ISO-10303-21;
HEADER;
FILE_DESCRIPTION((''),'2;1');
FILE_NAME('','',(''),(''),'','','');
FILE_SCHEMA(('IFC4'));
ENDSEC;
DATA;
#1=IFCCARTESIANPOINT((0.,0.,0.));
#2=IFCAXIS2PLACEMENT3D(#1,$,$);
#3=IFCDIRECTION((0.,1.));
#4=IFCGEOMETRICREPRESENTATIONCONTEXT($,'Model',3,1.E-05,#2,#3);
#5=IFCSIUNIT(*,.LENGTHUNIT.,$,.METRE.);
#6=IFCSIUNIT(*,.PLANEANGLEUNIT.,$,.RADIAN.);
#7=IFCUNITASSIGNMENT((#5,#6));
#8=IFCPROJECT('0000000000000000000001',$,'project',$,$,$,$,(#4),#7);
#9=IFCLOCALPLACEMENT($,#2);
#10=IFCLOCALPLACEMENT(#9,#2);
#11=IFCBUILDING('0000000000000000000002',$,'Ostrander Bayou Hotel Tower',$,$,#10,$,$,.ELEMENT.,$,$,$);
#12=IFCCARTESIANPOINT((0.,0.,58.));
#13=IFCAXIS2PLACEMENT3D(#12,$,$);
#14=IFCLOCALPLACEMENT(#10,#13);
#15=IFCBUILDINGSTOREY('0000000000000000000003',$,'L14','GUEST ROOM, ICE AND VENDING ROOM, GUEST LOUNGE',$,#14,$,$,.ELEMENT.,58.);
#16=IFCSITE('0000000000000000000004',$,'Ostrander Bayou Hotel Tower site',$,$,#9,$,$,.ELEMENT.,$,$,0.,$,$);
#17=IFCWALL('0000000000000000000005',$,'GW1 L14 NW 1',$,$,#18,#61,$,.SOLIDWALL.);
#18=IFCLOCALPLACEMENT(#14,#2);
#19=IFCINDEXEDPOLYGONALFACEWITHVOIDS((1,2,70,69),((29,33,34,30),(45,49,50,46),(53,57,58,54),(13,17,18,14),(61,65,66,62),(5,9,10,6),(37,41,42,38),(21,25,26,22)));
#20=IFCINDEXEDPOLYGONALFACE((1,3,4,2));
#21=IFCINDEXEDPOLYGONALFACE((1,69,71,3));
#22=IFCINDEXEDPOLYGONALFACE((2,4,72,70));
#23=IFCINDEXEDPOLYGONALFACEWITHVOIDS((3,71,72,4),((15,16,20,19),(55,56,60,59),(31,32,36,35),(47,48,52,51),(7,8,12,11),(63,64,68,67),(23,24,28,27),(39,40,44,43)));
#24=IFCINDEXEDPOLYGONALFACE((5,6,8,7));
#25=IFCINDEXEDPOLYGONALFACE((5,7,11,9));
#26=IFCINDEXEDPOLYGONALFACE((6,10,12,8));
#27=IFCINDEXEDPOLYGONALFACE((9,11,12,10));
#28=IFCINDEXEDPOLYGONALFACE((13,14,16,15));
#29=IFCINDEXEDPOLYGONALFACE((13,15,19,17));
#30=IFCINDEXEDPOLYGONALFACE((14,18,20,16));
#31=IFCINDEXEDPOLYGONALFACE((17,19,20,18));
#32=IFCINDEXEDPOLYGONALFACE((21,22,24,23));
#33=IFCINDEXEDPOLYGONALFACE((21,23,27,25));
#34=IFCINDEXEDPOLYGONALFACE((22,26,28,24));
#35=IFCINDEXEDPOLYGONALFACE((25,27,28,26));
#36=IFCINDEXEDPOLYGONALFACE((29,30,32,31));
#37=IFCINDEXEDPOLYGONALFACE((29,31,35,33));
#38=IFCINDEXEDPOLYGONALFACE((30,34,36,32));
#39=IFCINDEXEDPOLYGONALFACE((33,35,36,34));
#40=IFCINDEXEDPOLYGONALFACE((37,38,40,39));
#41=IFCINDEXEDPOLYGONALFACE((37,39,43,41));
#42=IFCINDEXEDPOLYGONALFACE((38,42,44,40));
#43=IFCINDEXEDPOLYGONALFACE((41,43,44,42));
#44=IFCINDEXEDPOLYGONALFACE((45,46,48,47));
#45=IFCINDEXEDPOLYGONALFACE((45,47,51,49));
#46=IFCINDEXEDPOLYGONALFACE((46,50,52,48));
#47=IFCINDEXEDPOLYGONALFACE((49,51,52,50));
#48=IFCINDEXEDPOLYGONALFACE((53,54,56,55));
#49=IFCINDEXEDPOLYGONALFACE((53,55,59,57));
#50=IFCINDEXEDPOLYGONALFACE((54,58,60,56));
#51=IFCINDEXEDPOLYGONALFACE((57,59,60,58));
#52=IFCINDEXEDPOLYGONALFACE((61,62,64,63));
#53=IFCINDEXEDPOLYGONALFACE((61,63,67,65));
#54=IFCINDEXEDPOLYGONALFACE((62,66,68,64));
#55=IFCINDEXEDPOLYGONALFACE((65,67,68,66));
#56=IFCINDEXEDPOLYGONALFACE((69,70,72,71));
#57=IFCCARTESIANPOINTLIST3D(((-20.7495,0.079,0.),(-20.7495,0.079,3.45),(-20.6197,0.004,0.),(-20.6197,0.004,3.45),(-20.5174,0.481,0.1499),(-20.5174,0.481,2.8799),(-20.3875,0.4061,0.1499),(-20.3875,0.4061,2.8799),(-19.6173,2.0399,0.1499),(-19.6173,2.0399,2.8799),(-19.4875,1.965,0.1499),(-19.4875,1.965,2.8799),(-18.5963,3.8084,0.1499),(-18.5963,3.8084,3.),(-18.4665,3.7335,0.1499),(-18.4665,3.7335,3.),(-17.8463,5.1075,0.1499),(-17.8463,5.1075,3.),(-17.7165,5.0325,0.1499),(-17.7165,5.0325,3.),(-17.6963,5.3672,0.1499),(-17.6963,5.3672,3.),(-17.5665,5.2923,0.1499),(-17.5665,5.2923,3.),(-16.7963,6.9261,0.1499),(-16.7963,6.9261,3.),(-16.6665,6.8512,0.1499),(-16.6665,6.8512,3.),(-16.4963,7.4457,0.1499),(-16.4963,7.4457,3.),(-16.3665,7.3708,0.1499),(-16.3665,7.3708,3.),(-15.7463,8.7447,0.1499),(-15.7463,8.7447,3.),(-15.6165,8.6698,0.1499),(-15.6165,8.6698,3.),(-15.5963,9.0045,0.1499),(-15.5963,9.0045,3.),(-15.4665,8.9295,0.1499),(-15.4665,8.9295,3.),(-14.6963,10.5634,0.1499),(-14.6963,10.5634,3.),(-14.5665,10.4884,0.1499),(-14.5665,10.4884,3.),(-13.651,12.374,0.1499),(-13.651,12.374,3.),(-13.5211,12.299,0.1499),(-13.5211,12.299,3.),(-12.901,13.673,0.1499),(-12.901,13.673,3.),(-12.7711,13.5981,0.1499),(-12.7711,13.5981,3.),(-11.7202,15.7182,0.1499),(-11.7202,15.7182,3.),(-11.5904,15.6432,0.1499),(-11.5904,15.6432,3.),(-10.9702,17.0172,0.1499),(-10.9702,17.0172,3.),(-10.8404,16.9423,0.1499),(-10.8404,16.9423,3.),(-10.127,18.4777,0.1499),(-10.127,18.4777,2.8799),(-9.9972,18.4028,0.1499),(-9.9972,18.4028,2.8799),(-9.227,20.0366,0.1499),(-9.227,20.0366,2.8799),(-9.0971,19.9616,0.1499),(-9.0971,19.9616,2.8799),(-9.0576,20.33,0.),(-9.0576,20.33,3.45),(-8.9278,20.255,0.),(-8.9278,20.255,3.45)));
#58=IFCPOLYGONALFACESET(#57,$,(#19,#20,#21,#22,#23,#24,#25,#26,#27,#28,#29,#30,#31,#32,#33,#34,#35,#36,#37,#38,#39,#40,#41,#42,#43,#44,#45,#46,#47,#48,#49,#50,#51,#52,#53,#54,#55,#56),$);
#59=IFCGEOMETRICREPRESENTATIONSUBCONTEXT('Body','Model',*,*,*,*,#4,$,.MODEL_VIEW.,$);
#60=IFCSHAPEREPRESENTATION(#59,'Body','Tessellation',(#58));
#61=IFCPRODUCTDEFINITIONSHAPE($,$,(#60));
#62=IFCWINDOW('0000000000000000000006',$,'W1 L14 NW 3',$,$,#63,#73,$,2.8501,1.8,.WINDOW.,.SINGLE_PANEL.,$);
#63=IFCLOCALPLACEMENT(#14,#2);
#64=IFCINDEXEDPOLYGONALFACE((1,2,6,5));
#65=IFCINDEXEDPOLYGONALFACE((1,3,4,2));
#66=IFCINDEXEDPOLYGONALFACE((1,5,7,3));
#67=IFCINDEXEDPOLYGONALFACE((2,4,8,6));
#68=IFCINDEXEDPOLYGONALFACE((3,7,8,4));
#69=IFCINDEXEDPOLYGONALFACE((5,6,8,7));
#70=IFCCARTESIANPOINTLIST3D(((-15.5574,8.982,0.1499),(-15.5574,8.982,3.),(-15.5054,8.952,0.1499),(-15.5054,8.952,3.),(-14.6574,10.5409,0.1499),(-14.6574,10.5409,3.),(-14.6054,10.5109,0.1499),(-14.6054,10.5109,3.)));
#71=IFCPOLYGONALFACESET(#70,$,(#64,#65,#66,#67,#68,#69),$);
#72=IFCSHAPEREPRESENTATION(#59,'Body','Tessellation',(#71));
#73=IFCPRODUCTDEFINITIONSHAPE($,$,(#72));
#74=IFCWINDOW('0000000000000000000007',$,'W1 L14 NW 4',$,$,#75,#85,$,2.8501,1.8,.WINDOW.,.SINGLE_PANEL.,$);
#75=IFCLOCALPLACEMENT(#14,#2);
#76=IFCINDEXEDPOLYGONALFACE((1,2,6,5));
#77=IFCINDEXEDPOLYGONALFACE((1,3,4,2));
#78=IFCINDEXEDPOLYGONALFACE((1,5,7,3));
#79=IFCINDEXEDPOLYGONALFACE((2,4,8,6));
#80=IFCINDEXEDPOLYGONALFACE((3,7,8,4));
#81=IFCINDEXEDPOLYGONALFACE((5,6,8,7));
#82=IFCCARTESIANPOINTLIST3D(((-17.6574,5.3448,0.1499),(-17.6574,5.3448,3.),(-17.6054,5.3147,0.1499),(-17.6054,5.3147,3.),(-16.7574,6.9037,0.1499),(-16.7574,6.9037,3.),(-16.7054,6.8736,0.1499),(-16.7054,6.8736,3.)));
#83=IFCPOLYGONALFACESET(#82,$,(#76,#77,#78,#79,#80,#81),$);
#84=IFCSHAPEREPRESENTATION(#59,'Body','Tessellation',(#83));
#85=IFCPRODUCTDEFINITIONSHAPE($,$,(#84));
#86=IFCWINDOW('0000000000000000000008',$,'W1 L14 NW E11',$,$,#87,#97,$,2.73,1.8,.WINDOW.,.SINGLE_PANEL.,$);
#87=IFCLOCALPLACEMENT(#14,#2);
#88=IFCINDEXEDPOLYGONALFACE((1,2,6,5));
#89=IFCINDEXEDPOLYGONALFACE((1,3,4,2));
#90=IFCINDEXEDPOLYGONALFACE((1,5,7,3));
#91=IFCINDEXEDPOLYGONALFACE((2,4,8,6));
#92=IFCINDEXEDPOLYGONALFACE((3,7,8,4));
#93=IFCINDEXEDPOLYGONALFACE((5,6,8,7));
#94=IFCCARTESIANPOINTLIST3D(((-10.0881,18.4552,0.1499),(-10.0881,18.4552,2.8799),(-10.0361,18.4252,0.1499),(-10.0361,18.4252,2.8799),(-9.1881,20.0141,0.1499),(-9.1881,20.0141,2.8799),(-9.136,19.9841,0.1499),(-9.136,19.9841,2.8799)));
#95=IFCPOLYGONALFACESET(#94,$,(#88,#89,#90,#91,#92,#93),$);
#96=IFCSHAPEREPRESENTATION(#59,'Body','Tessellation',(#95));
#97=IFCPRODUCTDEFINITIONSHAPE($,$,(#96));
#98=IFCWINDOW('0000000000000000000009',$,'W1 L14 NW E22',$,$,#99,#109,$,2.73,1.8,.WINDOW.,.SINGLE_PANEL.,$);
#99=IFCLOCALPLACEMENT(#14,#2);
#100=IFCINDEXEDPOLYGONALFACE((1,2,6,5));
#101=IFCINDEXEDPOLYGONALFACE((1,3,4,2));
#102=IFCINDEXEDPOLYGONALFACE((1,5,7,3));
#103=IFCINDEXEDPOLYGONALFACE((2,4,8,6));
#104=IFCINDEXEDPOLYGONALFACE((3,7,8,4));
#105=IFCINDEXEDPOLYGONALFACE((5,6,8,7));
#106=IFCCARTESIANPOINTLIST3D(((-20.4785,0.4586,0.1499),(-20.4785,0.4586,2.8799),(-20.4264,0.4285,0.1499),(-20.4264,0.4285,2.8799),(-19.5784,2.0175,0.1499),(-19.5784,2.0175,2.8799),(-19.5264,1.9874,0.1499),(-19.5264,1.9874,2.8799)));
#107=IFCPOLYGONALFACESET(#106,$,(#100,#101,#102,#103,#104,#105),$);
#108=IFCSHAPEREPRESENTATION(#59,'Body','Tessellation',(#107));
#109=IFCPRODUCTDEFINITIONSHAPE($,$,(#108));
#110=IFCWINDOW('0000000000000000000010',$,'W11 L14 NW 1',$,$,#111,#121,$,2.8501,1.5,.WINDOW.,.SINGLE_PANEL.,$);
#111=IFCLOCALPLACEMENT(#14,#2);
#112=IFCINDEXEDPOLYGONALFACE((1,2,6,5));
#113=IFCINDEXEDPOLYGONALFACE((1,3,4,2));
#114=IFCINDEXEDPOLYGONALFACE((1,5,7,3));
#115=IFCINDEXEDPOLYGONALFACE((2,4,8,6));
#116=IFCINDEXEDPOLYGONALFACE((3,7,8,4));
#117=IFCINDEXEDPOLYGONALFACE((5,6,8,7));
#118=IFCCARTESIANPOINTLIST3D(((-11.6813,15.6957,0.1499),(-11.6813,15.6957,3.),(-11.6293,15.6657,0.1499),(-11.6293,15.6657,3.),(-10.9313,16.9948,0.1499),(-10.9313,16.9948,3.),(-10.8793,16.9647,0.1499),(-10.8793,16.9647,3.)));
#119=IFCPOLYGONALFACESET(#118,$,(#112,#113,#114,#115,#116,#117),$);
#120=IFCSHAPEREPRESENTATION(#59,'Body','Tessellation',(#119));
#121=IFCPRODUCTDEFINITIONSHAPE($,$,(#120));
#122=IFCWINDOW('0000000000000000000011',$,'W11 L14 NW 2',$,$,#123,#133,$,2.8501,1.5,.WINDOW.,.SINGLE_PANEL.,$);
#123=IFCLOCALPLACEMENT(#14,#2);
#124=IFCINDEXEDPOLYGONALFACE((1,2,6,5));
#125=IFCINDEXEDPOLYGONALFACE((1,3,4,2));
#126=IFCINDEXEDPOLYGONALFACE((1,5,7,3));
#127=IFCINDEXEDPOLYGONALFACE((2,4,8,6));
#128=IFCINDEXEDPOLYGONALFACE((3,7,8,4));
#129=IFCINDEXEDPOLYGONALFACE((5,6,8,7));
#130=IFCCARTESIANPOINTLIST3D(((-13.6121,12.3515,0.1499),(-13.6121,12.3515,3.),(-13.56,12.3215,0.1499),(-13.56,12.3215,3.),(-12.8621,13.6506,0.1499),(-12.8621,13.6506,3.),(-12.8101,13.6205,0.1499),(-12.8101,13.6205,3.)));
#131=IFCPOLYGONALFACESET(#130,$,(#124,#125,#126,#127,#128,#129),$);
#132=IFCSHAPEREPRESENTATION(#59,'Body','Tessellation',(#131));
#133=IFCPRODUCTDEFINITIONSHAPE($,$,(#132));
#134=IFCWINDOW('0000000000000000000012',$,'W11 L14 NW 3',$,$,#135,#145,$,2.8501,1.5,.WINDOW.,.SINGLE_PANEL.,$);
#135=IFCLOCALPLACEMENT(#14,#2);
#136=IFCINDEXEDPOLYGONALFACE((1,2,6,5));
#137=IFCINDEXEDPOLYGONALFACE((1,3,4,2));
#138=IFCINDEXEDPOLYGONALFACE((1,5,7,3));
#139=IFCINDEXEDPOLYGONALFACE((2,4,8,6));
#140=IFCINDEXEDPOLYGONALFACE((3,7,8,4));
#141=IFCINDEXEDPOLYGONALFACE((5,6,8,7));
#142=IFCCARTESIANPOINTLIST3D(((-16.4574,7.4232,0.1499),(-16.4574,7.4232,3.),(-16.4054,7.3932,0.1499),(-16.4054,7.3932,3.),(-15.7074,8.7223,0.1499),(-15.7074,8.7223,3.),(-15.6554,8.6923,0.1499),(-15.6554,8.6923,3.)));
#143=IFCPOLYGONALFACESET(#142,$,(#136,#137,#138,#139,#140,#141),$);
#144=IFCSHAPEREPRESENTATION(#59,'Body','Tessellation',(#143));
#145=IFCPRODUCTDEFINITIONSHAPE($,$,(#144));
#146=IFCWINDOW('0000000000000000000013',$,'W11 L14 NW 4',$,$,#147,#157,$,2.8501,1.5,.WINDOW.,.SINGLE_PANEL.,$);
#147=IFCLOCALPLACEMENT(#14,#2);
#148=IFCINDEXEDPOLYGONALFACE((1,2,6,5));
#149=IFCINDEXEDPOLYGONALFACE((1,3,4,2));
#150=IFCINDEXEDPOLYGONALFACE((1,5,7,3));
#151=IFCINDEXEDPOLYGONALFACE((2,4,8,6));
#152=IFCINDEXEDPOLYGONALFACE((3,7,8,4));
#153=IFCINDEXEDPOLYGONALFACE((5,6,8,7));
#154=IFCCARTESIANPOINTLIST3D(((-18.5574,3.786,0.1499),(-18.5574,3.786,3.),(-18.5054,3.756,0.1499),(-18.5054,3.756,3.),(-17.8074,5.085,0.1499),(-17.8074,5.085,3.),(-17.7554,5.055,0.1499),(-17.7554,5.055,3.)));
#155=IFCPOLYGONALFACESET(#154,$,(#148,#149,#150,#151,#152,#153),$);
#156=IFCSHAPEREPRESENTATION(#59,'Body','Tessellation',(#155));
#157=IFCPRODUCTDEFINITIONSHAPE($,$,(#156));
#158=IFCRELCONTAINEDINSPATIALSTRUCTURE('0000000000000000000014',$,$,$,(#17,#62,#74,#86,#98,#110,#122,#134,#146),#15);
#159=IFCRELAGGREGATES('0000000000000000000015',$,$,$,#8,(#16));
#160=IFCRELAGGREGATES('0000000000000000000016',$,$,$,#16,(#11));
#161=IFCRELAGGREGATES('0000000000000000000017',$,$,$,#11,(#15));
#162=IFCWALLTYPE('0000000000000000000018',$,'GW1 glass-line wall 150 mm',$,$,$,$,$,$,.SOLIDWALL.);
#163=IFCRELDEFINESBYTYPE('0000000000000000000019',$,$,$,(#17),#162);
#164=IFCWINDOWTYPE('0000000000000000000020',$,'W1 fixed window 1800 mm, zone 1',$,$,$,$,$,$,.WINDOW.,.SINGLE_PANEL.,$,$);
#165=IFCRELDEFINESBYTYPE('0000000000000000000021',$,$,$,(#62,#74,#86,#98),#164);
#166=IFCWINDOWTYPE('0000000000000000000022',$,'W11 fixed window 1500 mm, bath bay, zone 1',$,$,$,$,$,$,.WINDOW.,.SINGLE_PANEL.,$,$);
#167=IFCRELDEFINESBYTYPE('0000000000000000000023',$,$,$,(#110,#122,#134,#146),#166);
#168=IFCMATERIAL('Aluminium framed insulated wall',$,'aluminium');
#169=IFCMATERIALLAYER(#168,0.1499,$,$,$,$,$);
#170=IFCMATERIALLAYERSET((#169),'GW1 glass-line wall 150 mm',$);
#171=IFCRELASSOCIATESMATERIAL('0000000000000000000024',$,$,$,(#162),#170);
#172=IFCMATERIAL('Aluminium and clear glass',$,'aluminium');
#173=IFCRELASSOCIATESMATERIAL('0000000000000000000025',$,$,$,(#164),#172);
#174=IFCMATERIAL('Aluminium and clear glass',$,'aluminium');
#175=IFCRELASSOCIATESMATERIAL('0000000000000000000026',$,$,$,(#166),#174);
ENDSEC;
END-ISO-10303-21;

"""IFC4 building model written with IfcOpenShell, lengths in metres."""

from ifc_helpers import new_model, si_unit, direction, frame, frame_2d, origin, place, context, subcontext, project, spatial, rectangle, extrude, material, layer, layer_set, type_object, element, fill, save


model = new_model("IFC4")

# Units and contexts
model_context = context("Model", 3, precision=1e-05, world=origin(), true_north=direction((0.0, 1.0)))
body_context = subcontext(model_context, "Body", "Model", "MODEL_VIEW")
ifc_project = project(units=[si_unit("LENGTHUNIT", "METRE"), si_unit("PLANEANGLEUNIT", "RADIAN")], contexts=[model_context])

# Site, building, storey
site_placement = place(None, origin())
site = spatial("IfcSite", under=ifc_project, at=site_placement, Name="Ostrander Bayou Hotel Tower site", CompositionType="ELEMENT", RefElevation=0.0)
building_placement = place(site_placement, origin())
building = spatial("IfcBuilding", under=site, at=building_placement, Name="Ostrander Bayou Hotel Tower", CompositionType="ELEMENT")
storey_placement = place(building_placement, frame((0.0, 0.0, 58.0)))
storey = spatial("IfcBuildingStorey", under=building, at=storey_placement, Name="L14", Description="GUEST ROOM, ICE AND VENDING ROOM, GUEST LOUNGE", CompositionType="ELEMENT", Elevation=58.0)

# Wall, openings, windows
ifc_material_1 = material(Name="Aluminium framed insulated wall", Category="aluminium")
ifc_layer_1 = layer(ifc_material_1, 0.1499)
ifc_layer_set_1 = layer_set([ifc_layer_1], Name="GW1 glass-line wall 150 mm")
wall_type_1 = type_object("IfcWallType", Name="GW1 glass-line wall 150 mm", PredefinedType="SOLIDWALL", material=ifc_layer_set_1)
wall_1_placement = place(storey_placement, frame((-8.9927, 20.2925, 0.0), z_axis=(0.0, 0.0, 1.0), x_axis=(-0.5, -0.866026, 0.0)))
wall_1 = element("IfcWall", 1, at=wall_1_placement, inside=storey, type_object=wall_type_1, Name="GW1 L14 NW 1", PredefinedType="SOLIDWALL", context=body_context, shape_type="SweptSolid", body=[
    extrude(rectangle(XDim=23.3838, YDim=0.1499, at=frame_2d((11.6919, 0.0))), origin(), (0.0, 0.0, 1.0), 3.45),
])
opening_1_placement = place(wall_1_placement, frame((3.8252, 0.0, 0.1499)))
opening_1 = element("IfcOpeningElement", 2, at=opening_1_placement, cuts=wall_1, PredefinedType="OPENING", context=body_context, shape_type="SweptSolid", body=[
    extrude(rectangle(XDim=1.5, YDim=2.8501, at=frame_2d((0.75, 1.425))), frame((0.0, 0.075, 0.0), z_axis=(0.0, -1.0, 0.0), x_axis=(1.0, 0.0, 0.0)), (0.0, 0.0, 1.0), 0.1499),
])
opening_2_placement = place(wall_1_placement, frame((7.6868, 0.0, 0.1499)))
opening_2 = element("IfcOpeningElement", 3, at=opening_2_placement, cuts=wall_1, PredefinedType="OPENING", context=body_context, shape_type="SweptSolid", body=[
    extrude(rectangle(XDim=1.5, YDim=2.8501, at=frame_2d((0.75, 1.425))), frame((0.0, 0.075, 0.0), z_axis=(0.0, -1.0, 0.0), x_axis=(1.0, 0.0, 0.0)), (0.0, 0.0, 1.0), 0.1499),
])
opening_3_placement = place(wall_1_placement, frame((11.2776, 0.0, 0.1499)))
opening_3 = element("IfcOpeningElement", 4, at=opening_3_placement, cuts=wall_1, PredefinedType="OPENING", context=body_context, shape_type="SweptSolid", body=[
    extrude(rectangle(XDim=1.8, YDim=2.8501, at=frame_2d((0.8999, 1.425))), frame((0.0, 0.075, 0.0), z_axis=(0.0, -1.0, 0.0), x_axis=(1.0, 0.0, 0.0)), (0.0, 0.0, 1.0), 0.1499),
])
opening_4_placement = place(wall_1_placement, frame((13.3774, 0.0, 0.1499)))
opening_4 = element("IfcOpeningElement", 5, at=opening_4_placement, cuts=wall_1, PredefinedType="OPENING", context=body_context, shape_type="SweptSolid", body=[
    extrude(rectangle(XDim=1.5, YDim=2.8501, at=frame_2d((0.75, 1.425))), frame((0.0, 0.075, 0.0), z_axis=(0.0, -1.0, 0.0), x_axis=(1.0, 0.0, 0.0)), (0.0, 0.0, 1.0), 0.1499),
])
opening_5_placement = place(wall_1_placement, frame((15.4775, 0.0, 0.1499)))
opening_5 = element("IfcOpeningElement", 6, at=opening_5_placement, cuts=wall_1, PredefinedType="OPENING", context=body_context, shape_type="SweptSolid", body=[
    extrude(rectangle(XDim=1.8, YDim=2.8501, at=frame_2d((0.8999, 1.425))), frame((0.0, 0.075, 0.0), z_axis=(0.0, -1.0, 0.0), x_axis=(1.0, 0.0, 0.0)), (0.0, 0.0, 1.0), 0.1499),
])
opening_6_placement = place(wall_1_placement, frame((17.5774, 0.0, 0.1499)))
opening_6 = element("IfcOpeningElement", 7, at=opening_6_placement, cuts=wall_1, PredefinedType="OPENING", context=body_context, shape_type="SweptSolid", body=[
    extrude(rectangle(XDim=1.5, YDim=2.8501, at=frame_2d((0.75, 1.425))), frame((0.0, 0.075, 0.0), z_axis=(0.0, -1.0, 0.0), x_axis=(1.0, 0.0, 0.0)), (0.0, 0.0, 1.0), 0.1499),
])
opening_7_placement = place(wall_1_placement, frame((0.3389, 0.0, 0.1499)))
opening_7 = element("IfcOpeningElement", 8, at=opening_7_placement, cuts=wall_1, PredefinedType="OPENING", context=body_context, shape_type="SweptSolid", body=[
    extrude(rectangle(XDim=1.8, YDim=2.73, at=frame_2d((0.8999, 1.365))), frame((0.0, 0.075, 0.0), z_axis=(0.0, -1.0, 0.0), x_axis=(1.0, 0.0, 0.0)), (0.0, 0.0, 1.0), 0.1499),
])
opening_8_placement = place(wall_1_placement, frame((21.1196, 0.0, 0.1499)))
opening_8 = element("IfcOpeningElement", 9, at=opening_8_placement, cuts=wall_1, PredefinedType="OPENING", context=body_context, shape_type="SweptSolid", body=[
    extrude(rectangle(XDim=1.8, YDim=2.73, at=frame_2d((0.8999, 1.365))), frame((0.0, 0.075, 0.0), z_axis=(0.0, -1.0, 0.0), x_axis=(1.0, 0.0, 0.0)), (0.0, 0.0, 1.0), 0.1499),
])
ifc_material_2 = material(Name="Aluminium and clear glass", Category="aluminium")
window_type_1 = type_object("IfcWindowType", Name="W1 fixed window 1800 mm, zone 1", PartitioningType="SINGLE_PANEL", PredefinedType="WINDOW", material=ifc_material_2)
window_1_placement = place(opening_3_placement, origin())
window_1 = element("IfcWindow", 10, at=window_1_placement, inside=storey, type_object=window_type_1, Name="W1 L14 NW 3", OverallHeight=2.8501, OverallWidth=1.8, PartitioningType="SINGLE_PANEL", PredefinedType="WINDOW", context=body_context, shape_type="SweptSolid", body=[
    extrude(rectangle(XDim=1.8, YDim=2.8501, at=frame_2d((0.8999, 1.425))), frame((0.0, 0.03, 0.0), z_axis=(0.0, -1.0, 0.0), x_axis=(1.0, 0.0, 0.0)), (0.0, 0.0, 1.0), 0.0601),
])
fill(opening_3, window_1)
window_2_placement = place(opening_5_placement, origin())
window_2 = element("IfcWindow", 11, at=window_2_placement, inside=storey, type_object=window_type_1, Name="W1 L14 NW 4", OverallHeight=2.8501, OverallWidth=1.8, PartitioningType="SINGLE_PANEL", PredefinedType="WINDOW", context=body_context, shape_type="SweptSolid", body=[
    extrude(rectangle(XDim=1.8, YDim=2.8501, at=frame_2d((0.8999, 1.425))), frame((0.0, 0.03, 0.0), z_axis=(0.0, -1.0, 0.0), x_axis=(1.0, 0.0, 0.0)), (0.0, 0.0, 1.0), 0.0601),
])
fill(opening_5, window_2)
window_3_placement = place(opening_7_placement, origin())
window_3 = element("IfcWindow", 12, at=window_3_placement, inside=storey, type_object=window_type_1, Name="W1 L14 NW E11", OverallHeight=2.73, OverallWidth=1.8, PartitioningType="SINGLE_PANEL", PredefinedType="WINDOW", context=body_context, shape_type="SweptSolid", body=[
    extrude(rectangle(XDim=1.8, YDim=2.73, at=frame_2d((0.8999, 1.365))), frame((0.0, 0.03, 0.0), z_axis=(0.0, -1.0, 0.0), x_axis=(1.0, 0.0, 0.0)), (0.0, 0.0, 1.0), 0.0601),
])
fill(opening_7, window_3)
window_4_placement = place(opening_8_placement, origin())
window_4 = element("IfcWindow", 13, at=window_4_placement, inside=storey, type_object=window_type_1, Name="W1 L14 NW E22", OverallHeight=2.73, OverallWidth=1.8, PartitioningType="SINGLE_PANEL", PredefinedType="WINDOW", context=body_context, shape_type="SweptSolid", body=[
    extrude(rectangle(XDim=1.8, YDim=2.73, at=frame_2d((0.8999, 1.365))), frame((0.0, 0.03, 0.0), z_axis=(0.0, -1.0, 0.0), x_axis=(1.0, 0.0, 0.0)), (0.0, 0.0, 1.0), 0.0601),
])
fill(opening_8, window_4)
ifc_material_3 = material(Name="Aluminium and clear glass", Category="aluminium")
window_type_2 = type_object("IfcWindowType", Name="W11 fixed window 1500 mm, bath bay, zone 1", PartitioningType="SINGLE_PANEL", PredefinedType="WINDOW", material=ifc_material_3)
window_5_placement = place(opening_1_placement, origin())
window_5 = element("IfcWindow", 14, at=window_5_placement, inside=storey, type_object=window_type_2, Name="W11 L14 NW 1", OverallHeight=2.8501, OverallWidth=1.5, PartitioningType="SINGLE_PANEL", PredefinedType="WINDOW", context=body_context, shape_type="SweptSolid", body=[
    extrude(rectangle(XDim=1.5, YDim=2.8501, at=frame_2d((0.75, 1.425))), frame((0.0, 0.03, 0.0), z_axis=(0.0, -1.0, 0.0), x_axis=(1.0, 0.0, 0.0)), (0.0, 0.0, 1.0), 0.0601),
])
fill(opening_1, window_5)
window_6_placement = place(opening_2_placement, origin())
window_6 = element("IfcWindow", 15, at=window_6_placement, inside=storey, type_object=window_type_2, Name="W11 L14 NW 2", OverallHeight=2.8501, OverallWidth=1.5, PartitioningType="SINGLE_PANEL", PredefinedType="WINDOW", context=body_context, shape_type="SweptSolid", body=[
    extrude(rectangle(XDim=1.5, YDim=2.8501, at=frame_2d((0.75, 1.425))), frame((0.0, 0.03, 0.0), z_axis=(0.0, -1.0, 0.0), x_axis=(1.0, 0.0, 0.0)), (0.0, 0.0, 1.0), 0.0601),
])
fill(opening_2, window_6)
window_7_placement = place(opening_4_placement, origin())
window_7 = element("IfcWindow", 16, at=window_7_placement, inside=storey, type_object=window_type_2, Name="W11 L14 NW 3", OverallHeight=2.8501, OverallWidth=1.5, PartitioningType="SINGLE_PANEL", PredefinedType="WINDOW", context=body_context, shape_type="SweptSolid", body=[
    extrude(rectangle(XDim=1.5, YDim=2.8501, at=frame_2d((0.75, 1.425))), frame((0.0, 0.03, 0.0), z_axis=(0.0, -1.0, 0.0), x_axis=(1.0, 0.0, 0.0)), (0.0, 0.0, 1.0), 0.0601),
])
fill(opening_4, window_7)
window_8_placement = place(opening_6_placement, origin())
window_8 = element("IfcWindow", 17, at=window_8_placement, inside=storey, type_object=window_type_2, Name="W11 L14 NW 4", OverallHeight=2.8501, OverallWidth=1.5, PartitioningType="SINGLE_PANEL", PredefinedType="WINDOW", context=body_context, shape_type="SweptSolid", body=[
    extrude(rectangle(XDim=1.5, YDim=2.8501, at=frame_2d((0.75, 1.425))), frame((0.0, 0.03, 0.0), z_axis=(0.0, -1.0, 0.0), x_axis=(1.0, 0.0, 0.0)), (0.0, 0.0, 1.0), 0.0601),
])
fill(opening_6, window_8)

save(model, "model.ifc")
